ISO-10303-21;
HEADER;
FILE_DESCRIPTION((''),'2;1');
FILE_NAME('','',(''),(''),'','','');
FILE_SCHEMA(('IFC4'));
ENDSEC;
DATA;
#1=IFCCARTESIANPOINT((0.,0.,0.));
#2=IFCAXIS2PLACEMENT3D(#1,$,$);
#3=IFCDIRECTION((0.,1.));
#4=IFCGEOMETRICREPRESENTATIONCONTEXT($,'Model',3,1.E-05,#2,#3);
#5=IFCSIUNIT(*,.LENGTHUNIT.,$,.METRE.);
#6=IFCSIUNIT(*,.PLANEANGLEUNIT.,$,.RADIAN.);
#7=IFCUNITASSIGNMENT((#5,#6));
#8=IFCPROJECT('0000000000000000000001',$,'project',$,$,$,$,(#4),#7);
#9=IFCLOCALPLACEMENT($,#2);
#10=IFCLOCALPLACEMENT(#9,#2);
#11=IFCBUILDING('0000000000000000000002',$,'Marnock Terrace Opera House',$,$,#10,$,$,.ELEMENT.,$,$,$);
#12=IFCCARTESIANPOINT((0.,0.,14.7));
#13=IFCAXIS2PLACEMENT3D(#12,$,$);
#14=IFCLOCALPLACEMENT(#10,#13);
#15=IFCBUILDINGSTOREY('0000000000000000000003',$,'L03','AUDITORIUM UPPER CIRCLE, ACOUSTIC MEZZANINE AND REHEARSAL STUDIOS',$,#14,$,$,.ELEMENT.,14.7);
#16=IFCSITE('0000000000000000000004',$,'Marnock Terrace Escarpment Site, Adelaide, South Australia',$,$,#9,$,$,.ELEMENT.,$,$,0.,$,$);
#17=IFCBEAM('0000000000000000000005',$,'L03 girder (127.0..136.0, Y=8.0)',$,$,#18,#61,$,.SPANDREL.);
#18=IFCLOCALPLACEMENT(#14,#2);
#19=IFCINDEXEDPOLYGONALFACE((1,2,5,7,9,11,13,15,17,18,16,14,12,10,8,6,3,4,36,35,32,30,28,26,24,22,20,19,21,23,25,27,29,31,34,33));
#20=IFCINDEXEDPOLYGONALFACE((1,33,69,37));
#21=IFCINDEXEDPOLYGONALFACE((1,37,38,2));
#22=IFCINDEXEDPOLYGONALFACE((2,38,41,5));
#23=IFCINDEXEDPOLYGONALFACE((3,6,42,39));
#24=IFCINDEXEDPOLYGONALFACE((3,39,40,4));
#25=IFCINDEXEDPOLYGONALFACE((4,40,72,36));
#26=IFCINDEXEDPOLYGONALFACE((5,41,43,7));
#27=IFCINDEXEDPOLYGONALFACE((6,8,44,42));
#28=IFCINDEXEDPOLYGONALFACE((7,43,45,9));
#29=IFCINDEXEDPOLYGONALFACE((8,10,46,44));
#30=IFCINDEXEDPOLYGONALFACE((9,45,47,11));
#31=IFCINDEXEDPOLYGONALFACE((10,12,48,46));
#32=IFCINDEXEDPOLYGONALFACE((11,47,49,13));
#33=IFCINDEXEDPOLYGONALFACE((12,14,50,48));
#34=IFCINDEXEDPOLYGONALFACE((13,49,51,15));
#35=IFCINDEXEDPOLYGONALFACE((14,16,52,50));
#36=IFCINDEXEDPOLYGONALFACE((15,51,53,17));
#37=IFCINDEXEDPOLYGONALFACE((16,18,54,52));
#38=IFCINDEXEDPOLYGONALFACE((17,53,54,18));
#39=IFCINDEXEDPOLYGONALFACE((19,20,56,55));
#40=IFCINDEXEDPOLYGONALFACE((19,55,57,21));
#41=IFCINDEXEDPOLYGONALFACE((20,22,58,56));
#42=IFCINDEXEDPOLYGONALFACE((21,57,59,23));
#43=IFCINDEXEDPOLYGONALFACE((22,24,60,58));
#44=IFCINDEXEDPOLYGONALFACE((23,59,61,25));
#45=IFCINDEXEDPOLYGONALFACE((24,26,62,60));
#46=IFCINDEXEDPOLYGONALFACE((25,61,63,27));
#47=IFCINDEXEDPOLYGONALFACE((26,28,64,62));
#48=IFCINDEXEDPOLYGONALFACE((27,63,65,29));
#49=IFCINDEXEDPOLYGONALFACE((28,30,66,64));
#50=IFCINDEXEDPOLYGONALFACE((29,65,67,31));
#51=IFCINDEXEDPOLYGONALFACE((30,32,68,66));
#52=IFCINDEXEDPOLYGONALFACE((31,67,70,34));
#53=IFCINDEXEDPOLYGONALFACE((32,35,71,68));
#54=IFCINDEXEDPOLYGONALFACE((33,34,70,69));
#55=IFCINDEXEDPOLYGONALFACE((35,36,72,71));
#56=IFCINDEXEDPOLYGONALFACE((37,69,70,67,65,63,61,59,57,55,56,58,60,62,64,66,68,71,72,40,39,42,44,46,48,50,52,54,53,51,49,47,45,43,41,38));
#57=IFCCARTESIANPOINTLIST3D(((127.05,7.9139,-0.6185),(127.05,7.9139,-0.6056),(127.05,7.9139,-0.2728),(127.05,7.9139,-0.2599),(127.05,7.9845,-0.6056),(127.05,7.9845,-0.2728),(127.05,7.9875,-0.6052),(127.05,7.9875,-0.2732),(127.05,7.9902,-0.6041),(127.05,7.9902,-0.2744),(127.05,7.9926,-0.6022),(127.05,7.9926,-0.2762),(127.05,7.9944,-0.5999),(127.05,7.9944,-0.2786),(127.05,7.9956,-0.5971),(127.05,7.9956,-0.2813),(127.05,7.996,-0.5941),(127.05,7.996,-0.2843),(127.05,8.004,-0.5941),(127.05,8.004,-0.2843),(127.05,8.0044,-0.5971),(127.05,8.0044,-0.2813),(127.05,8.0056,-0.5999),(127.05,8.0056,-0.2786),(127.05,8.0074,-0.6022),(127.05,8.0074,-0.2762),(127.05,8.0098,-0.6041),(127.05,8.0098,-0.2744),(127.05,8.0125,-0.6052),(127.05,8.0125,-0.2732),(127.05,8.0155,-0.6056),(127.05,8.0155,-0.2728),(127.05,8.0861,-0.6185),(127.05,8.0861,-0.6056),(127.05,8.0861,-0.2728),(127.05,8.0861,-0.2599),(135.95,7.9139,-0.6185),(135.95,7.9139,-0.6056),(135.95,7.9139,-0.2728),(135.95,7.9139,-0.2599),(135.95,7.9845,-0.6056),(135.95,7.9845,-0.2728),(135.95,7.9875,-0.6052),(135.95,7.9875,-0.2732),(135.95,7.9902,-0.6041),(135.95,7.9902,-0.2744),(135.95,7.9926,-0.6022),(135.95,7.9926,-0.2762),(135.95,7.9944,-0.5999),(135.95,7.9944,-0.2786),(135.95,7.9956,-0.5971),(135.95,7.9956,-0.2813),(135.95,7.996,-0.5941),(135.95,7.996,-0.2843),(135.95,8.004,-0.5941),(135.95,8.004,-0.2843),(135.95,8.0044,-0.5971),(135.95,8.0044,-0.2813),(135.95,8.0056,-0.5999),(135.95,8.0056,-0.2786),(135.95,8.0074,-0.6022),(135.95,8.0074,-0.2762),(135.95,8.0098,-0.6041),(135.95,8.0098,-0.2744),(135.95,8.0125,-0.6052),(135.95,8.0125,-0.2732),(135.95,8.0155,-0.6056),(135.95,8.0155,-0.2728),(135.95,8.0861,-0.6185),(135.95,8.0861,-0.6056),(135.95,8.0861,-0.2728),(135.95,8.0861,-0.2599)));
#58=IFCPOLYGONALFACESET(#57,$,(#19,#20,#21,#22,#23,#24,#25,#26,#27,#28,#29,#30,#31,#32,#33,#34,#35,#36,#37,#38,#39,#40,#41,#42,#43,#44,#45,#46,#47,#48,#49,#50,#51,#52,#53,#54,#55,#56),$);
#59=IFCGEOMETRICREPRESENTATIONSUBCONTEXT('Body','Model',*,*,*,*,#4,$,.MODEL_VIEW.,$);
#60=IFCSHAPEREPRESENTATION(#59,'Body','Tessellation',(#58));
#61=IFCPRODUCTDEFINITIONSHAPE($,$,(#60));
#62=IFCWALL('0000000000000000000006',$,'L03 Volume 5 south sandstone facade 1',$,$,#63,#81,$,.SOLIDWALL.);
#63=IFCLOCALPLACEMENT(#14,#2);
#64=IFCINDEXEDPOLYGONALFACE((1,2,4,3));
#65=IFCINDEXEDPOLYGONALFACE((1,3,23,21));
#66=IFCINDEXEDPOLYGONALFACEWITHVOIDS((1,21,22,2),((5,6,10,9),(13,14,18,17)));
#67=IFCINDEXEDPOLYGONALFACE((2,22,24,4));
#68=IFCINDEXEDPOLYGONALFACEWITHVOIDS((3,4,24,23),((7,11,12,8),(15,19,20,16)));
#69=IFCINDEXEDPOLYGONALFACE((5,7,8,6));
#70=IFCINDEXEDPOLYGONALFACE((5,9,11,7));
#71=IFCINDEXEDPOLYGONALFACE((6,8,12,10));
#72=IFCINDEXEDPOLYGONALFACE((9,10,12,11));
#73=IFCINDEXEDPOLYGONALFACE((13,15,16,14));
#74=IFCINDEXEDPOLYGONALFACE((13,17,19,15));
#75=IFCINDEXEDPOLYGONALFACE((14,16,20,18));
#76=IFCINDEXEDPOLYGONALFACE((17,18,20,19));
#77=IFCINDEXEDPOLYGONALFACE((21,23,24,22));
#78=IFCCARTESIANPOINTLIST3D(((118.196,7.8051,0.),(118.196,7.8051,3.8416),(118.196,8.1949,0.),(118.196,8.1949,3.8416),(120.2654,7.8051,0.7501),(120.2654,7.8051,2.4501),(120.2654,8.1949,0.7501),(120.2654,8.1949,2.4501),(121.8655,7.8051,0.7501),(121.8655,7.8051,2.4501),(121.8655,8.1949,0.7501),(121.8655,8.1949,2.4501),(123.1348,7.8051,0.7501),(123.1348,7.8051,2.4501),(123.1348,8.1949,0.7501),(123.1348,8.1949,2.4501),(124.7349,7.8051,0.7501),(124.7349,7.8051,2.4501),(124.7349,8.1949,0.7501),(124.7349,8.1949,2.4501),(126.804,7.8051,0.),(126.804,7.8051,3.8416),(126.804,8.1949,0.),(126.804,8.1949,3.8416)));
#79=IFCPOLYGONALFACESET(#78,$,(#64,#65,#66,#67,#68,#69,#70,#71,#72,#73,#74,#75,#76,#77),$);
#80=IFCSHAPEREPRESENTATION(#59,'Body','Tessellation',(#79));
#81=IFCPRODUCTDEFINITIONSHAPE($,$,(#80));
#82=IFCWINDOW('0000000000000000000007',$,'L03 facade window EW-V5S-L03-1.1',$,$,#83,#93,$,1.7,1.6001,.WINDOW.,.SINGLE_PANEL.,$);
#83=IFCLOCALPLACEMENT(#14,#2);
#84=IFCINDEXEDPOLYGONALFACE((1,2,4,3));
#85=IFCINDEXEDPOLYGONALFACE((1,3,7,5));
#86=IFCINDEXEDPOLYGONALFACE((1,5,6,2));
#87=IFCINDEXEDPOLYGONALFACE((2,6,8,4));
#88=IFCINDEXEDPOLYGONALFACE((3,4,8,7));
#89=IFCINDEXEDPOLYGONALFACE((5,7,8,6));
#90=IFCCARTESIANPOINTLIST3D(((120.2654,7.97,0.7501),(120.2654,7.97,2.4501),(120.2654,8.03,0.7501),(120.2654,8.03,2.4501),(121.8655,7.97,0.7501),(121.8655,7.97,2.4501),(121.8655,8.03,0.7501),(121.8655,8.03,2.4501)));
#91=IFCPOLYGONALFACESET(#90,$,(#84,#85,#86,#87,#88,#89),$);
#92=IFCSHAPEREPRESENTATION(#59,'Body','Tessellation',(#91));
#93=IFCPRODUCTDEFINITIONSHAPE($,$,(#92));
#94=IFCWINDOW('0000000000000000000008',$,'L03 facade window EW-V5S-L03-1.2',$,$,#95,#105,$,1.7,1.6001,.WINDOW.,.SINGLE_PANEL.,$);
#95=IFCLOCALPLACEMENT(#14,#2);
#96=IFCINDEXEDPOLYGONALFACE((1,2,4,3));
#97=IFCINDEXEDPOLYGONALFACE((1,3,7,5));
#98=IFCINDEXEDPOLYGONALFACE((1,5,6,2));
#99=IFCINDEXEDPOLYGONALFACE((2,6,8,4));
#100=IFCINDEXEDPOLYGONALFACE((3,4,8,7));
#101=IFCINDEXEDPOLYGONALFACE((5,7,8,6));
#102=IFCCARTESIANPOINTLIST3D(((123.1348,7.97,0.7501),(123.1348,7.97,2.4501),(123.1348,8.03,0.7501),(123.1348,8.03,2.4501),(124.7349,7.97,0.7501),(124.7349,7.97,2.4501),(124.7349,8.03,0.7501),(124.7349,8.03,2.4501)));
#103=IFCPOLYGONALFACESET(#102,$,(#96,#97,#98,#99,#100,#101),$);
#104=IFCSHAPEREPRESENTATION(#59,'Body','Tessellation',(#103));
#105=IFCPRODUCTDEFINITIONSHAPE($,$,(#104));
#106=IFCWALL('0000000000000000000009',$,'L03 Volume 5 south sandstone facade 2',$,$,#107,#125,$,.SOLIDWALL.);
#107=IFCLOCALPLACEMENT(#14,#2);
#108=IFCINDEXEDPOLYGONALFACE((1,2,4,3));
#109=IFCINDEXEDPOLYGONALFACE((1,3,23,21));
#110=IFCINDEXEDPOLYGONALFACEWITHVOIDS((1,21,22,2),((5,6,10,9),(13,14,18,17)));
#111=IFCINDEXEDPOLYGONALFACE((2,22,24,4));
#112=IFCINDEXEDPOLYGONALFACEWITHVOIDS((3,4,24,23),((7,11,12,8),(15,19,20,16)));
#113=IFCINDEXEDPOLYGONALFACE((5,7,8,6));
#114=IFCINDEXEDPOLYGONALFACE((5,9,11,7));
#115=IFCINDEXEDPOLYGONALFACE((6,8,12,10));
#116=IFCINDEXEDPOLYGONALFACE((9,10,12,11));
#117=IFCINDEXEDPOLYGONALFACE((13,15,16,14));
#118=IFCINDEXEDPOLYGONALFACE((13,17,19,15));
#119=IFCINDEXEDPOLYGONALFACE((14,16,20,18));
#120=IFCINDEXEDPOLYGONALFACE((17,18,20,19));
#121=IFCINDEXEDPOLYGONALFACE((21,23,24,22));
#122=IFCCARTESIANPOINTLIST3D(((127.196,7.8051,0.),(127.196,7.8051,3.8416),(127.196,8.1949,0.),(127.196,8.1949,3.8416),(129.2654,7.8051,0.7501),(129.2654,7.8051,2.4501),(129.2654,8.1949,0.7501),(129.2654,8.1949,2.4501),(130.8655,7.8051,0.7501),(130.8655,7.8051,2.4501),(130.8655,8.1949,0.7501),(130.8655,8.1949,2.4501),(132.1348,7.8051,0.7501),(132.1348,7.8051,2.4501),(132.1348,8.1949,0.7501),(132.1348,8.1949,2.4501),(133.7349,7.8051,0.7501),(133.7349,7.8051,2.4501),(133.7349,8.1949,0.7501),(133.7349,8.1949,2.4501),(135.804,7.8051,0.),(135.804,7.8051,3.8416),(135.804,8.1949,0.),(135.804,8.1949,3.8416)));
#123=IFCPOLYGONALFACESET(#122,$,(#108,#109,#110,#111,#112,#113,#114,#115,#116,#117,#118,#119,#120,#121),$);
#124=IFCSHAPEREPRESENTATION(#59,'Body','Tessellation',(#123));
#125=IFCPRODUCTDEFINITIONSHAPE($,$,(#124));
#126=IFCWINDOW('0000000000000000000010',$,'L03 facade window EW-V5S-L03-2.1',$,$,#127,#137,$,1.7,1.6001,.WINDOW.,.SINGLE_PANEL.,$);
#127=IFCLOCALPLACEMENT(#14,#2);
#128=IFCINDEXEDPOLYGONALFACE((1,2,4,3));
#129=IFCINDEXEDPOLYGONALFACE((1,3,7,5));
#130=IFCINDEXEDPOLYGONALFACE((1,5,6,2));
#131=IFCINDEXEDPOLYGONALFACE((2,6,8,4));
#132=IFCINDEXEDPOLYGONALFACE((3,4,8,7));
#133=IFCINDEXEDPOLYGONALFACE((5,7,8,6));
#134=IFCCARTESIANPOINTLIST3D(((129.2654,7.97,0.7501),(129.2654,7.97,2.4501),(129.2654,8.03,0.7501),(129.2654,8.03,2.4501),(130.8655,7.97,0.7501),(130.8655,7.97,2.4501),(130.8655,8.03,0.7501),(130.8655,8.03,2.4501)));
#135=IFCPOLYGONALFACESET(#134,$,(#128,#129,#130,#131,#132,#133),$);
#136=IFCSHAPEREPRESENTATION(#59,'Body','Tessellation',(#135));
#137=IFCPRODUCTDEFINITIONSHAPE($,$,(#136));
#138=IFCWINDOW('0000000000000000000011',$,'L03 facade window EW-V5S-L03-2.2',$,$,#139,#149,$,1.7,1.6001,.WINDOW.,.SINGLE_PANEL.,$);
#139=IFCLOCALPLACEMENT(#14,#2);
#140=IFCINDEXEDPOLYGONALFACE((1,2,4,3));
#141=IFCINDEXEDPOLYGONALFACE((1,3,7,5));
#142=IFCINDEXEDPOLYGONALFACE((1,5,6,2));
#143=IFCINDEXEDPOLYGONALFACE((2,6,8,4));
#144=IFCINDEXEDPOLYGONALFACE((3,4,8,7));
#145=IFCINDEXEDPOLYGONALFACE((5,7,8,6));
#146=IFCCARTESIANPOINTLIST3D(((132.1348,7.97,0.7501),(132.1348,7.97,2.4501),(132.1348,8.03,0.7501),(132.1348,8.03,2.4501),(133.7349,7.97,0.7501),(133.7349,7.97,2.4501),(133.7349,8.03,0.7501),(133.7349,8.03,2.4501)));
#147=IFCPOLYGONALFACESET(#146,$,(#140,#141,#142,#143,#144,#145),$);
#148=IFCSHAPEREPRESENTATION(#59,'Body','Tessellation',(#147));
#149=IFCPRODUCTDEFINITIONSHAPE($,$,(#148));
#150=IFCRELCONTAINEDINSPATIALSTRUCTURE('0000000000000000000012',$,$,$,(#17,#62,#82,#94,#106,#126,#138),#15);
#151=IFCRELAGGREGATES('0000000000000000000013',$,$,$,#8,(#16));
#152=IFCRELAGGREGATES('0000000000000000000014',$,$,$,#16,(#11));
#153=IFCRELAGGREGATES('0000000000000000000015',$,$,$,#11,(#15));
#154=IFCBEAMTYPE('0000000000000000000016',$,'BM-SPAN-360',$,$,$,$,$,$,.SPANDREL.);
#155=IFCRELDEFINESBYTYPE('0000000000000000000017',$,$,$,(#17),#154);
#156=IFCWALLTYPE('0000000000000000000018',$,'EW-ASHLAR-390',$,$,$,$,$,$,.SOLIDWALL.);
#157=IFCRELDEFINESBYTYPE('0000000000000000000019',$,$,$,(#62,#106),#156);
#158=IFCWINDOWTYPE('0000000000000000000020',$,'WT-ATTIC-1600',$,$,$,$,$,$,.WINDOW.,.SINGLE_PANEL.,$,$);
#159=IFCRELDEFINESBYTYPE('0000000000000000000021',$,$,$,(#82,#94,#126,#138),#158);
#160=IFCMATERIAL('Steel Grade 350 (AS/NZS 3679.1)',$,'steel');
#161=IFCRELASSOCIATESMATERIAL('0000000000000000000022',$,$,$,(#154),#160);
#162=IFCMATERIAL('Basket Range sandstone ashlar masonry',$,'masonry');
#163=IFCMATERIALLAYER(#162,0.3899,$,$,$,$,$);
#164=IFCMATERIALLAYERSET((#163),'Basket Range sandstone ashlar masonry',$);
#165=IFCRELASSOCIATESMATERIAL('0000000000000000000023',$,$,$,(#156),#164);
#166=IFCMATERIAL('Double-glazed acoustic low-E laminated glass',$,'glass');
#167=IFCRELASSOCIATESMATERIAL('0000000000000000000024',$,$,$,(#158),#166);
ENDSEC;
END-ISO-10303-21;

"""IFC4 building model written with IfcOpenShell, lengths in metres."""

from ifc_helpers import new_model, si_unit, direction, frame, frame_2d, origin, origin_2d, place, context, subcontext, project, spatial, rectangle, i_section, extrude, material, layer, layer_set, material_profile, profile_set, type_object, element, fill, save


model = new_model("IFC4")

# Units and contexts
model_context = context("Model", 3, precision=1e-05, world=origin(), true_north=direction((0.0, 1.0)))
body_context = subcontext(model_context, "Body", "Model", "MODEL_VIEW")
ifc_project = project(units=[si_unit("LENGTHUNIT", "METRE"), si_unit("PLANEANGLEUNIT", "RADIAN")], contexts=[model_context])

# Site, building, storey
site_placement = place(None, origin())
site = spatial("IfcSite", under=ifc_project, at=site_placement, Name="Marnock Terrace Escarpment Site, Adelaide, South Australia", CompositionType="ELEMENT", RefElevation=0.0)
building_placement = place(site_placement, origin())
building = spatial("IfcBuilding", under=site, at=building_placement, Name="Marnock Terrace Opera House", CompositionType="ELEMENT")
storey_placement = place(building_placement, frame((0.0, 0.0, 14.7)))
storey = spatial("IfcBuildingStorey", under=building, at=storey_placement, Name="L03", Description="AUDITORIUM UPPER CIRCLE, ACOUSTIC MEZZANINE AND REHEARSAL STUDIOS", CompositionType="ELEMENT", Elevation=14.7)

# Beam
ifc_material_1 = material(Name="Steel Grade 350 (AS/NZS 3679.1)", Category="steel")
ifc_material_profile_1 = material_profile(ifc_material_1, i_section(OverallWidth=0.1721, OverallDepth=0.3586, WebThickness=0.0081, FlangeThickness=0.0129, FilletRadius=0.0115, at=origin_2d()))
ifc_profile_set_1 = profile_set([ifc_material_profile_1], Name="Steel Grade 350 (AS/NZS 3679.1)")
beam_type_1 = type_object("IfcBeamType", Name="BM-SPAN-360", PredefinedType="SPANDREL", material=ifc_profile_set_1)
for number, where, z_axis, x_axis, name in (
    (1, (127.05, 8.0, -0.4392), (1.0, 0.0, 0.0), (0.0, 1.0, 0.0), "L03 girder (127.0..136.0, Y=8.0)"),
):
    element("IfcBeam", number, at=place(storey_placement, frame(where, z_axis=z_axis, x_axis=x_axis)), inside=storey, type_object=beam_type_1, Name=name, PredefinedType="SPANDREL", context=body_context, shape_type="SweptSolid", body=[
        extrude(i_section(OverallWidth=0.1721, OverallDepth=0.3586, WebThickness=0.0081, FlangeThickness=0.0129, FilletRadius=0.0115, at=origin_2d()), origin(), (0.0, 0.0, 1.0), 8.8999),
    ])

# Walls, openings, windows
ifc_material_2 = material(Name="Basket Range sandstone ashlar masonry", Category="masonry")
ifc_layer = layer(ifc_material_2, 0.3899)
ifc_layer_set = layer_set([ifc_layer], Name="Basket Range sandstone ashlar masonry")
wall_type = type_object("IfcWallType", Name="EW-ASHLAR-390", PredefinedType="SOLIDWALL", material=ifc_layer_set)
wall_1_placement = place(storey_placement, frame((118.196, 8.0, 0.0), z_axis=(0.0, 0.0, 1.0), x_axis=(1.0, 0.0, 0.0)))
wall_1 = element("IfcWall", 2, at=wall_1_placement, inside=storey, type_object=wall_type, Name="L03 Volume 5 south sandstone facade 1", PredefinedType="SOLIDWALL", context=body_context, shape_type="SweptSolid", body=[
    extrude(rectangle(XDim=8.6079, YDim=0.3899, at=frame_2d((4.304, 0.0))), origin(), (0.0, 0.0, 1.0), 3.8416),
])
opening_1_placement = place(wall_1_placement, frame((2.0693, 0.0, 0.75)))
opening_1 = element("IfcOpeningElement", 3, at=opening_1_placement, cuts=wall_1, PredefinedType="OPENING", context=body_context, shape_type="SweptSolid", body=[
    extrude(rectangle(XDim=1.6001, YDim=1.7, at=frame_2d((0.8, 0.8501))), frame((0.0, 0.2048, 0.0), z_axis=(0.0, -1.0, 0.0), x_axis=(1.0, 0.0, 0.0)), (0.0, 0.0, 1.0), 0.4099),
])
opening_2_placement = place(wall_1_placement, frame((4.9387, 0.0, 0.75)))
opening_2 = element("IfcOpeningElement", 4, at=opening_2_placement, cuts=wall_1, PredefinedType="OPENING", context=body_context, shape_type="SweptSolid", body=[
    extrude(rectangle(XDim=1.6001, YDim=1.7, at=frame_2d((0.8, 0.8501))), frame((0.0, 0.2048, 0.0), z_axis=(0.0, -1.0, 0.0), x_axis=(1.0, 0.0, 0.0)), (0.0, 0.0, 1.0), 0.4099),
])
ifc_material_3 = material(Name="Double-glazed acoustic low-E laminated glass", Category="glass")
window_type = type_object("IfcWindowType", Name="WT-ATTIC-1600", PartitioningType="SINGLE_PANEL", PredefinedType="WINDOW", material=ifc_material_3)
window_1_placement = place(opening_1_placement, origin())
window_1 = element("IfcWindow", 5, at=window_1_placement, inside=storey, type_object=window_type, Name="L03 facade window EW-V5S-L03-1.1", OverallHeight=1.7, OverallWidth=1.6001, PartitioningType="SINGLE_PANEL", PredefinedType="WINDOW", context=body_context, shape_type="SweptSolid", body=[
    extrude(rectangle(XDim=1.6001, YDim=1.7, at=frame_2d((0.8, 0.8501))), frame((0.0, 0.03, 0.0), z_axis=(0.0, -1.0, 0.0), x_axis=(1.0, 0.0, 0.0)), (0.0, 0.0, 1.0), 0.0601),
])
fill(opening_1, window_1)
window_2_placement = place(opening_2_placement, origin())
window_2 = element("IfcWindow", 6, at=window_2_placement, inside=storey, type_object=window_type, Name="L03 facade window EW-V5S-L03-1.2", OverallHeight=1.7, OverallWidth=1.6001, PartitioningType="SINGLE_PANEL", PredefinedType="WINDOW", context=body_context, shape_type="SweptSolid", body=[
    extrude(rectangle(XDim=1.6001, YDim=1.7, at=frame_2d((0.8, 0.8501))), frame((0.0, 0.03, 0.0), z_axis=(0.0, -1.0, 0.0), x_axis=(1.0, 0.0, 0.0)), (0.0, 0.0, 1.0), 0.0601),
])
fill(opening_2, window_2)
wall_2_placement = place(storey_placement, frame((127.196, 8.0, 0.0), z_axis=(0.0, 0.0, 1.0), x_axis=(1.0, 0.0, 0.0)))
wall_2 = element("IfcWall", 7, at=wall_2_placement, inside=storey, type_object=wall_type, Name="L03 Volume 5 south sandstone facade 2", PredefinedType="SOLIDWALL", context=body_context, shape_type="SweptSolid", body=[
    extrude(rectangle(XDim=8.6079, YDim=0.3899, at=frame_2d((4.304, 0.0))), origin(), (0.0, 0.0, 1.0), 3.8416),
])
opening_3_placement = place(wall_2_placement, frame((2.0693, 0.0, 0.75)))
opening_3 = element("IfcOpeningElement", 8, at=opening_3_placement, cuts=wall_2, PredefinedType="OPENING", context=body_context, shape_type="SweptSolid", body=[
    extrude(rectangle(XDim=1.6001, YDim=1.7, at=frame_2d((0.8, 0.8501))), frame((0.0, 0.2048, 0.0), z_axis=(0.0, -1.0, 0.0), x_axis=(1.0, 0.0, 0.0)), (0.0, 0.0, 1.0), 0.4099),
])
opening_4_placement = place(wall_2_placement, frame((4.9387, 0.0, 0.75)))
opening_4 = element("IfcOpeningElement", 9, at=opening_4_placement, cuts=wall_2, PredefinedType="OPENING", context=body_context, shape_type="SweptSolid", body=[
    extrude(rectangle(XDim=1.6001, YDim=1.7, at=frame_2d((0.8, 0.8501))), frame((0.0, 0.2048, 0.0), z_axis=(0.0, -1.0, 0.0), x_axis=(1.0, 0.0, 0.0)), (0.0, 0.0, 1.0), 0.4099),
])
window_3_placement = place(opening_3_placement, origin())
window_3 = element("IfcWindow", 10, at=window_3_placement, inside=storey, type_object=window_type, Name="L03 facade window EW-V5S-L03-2.1", OverallHeight=1.7, OverallWidth=1.6001, PartitioningType="SINGLE_PANEL", PredefinedType="WINDOW", context=body_context, shape_type="SweptSolid", body=[
    extrude(rectangle(XDim=1.6001, YDim=1.7, at=frame_2d((0.8, 0.8501))), frame((0.0, 0.03, 0.0), z_axis=(0.0, -1.0, 0.0), x_axis=(1.0, 0.0, 0.0)), (0.0, 0.0, 1.0), 0.0601),
])
fill(opening_3, window_3)
window_4_placement = place(opening_4_placement, origin())
window_4 = element("IfcWindow", 11, at=window_4_placement, inside=storey, type_object=window_type, Name="L03 facade window EW-V5S-L03-2.2", OverallHeight=1.7, OverallWidth=1.6001, PartitioningType="SINGLE_PANEL", PredefinedType="WINDOW", context=body_context, shape_type="SweptSolid", body=[
    extrude(rectangle(XDim=1.6001, YDim=1.7, at=frame_2d((0.8, 0.8501))), frame((0.0, 0.03, 0.0), z_axis=(0.0, -1.0, 0.0), x_axis=(1.0, 0.0, 0.0)), (0.0, 0.0, 1.0), 0.0601),
])
fill(opening_4, window_4)

save(model, "model.ifc")
